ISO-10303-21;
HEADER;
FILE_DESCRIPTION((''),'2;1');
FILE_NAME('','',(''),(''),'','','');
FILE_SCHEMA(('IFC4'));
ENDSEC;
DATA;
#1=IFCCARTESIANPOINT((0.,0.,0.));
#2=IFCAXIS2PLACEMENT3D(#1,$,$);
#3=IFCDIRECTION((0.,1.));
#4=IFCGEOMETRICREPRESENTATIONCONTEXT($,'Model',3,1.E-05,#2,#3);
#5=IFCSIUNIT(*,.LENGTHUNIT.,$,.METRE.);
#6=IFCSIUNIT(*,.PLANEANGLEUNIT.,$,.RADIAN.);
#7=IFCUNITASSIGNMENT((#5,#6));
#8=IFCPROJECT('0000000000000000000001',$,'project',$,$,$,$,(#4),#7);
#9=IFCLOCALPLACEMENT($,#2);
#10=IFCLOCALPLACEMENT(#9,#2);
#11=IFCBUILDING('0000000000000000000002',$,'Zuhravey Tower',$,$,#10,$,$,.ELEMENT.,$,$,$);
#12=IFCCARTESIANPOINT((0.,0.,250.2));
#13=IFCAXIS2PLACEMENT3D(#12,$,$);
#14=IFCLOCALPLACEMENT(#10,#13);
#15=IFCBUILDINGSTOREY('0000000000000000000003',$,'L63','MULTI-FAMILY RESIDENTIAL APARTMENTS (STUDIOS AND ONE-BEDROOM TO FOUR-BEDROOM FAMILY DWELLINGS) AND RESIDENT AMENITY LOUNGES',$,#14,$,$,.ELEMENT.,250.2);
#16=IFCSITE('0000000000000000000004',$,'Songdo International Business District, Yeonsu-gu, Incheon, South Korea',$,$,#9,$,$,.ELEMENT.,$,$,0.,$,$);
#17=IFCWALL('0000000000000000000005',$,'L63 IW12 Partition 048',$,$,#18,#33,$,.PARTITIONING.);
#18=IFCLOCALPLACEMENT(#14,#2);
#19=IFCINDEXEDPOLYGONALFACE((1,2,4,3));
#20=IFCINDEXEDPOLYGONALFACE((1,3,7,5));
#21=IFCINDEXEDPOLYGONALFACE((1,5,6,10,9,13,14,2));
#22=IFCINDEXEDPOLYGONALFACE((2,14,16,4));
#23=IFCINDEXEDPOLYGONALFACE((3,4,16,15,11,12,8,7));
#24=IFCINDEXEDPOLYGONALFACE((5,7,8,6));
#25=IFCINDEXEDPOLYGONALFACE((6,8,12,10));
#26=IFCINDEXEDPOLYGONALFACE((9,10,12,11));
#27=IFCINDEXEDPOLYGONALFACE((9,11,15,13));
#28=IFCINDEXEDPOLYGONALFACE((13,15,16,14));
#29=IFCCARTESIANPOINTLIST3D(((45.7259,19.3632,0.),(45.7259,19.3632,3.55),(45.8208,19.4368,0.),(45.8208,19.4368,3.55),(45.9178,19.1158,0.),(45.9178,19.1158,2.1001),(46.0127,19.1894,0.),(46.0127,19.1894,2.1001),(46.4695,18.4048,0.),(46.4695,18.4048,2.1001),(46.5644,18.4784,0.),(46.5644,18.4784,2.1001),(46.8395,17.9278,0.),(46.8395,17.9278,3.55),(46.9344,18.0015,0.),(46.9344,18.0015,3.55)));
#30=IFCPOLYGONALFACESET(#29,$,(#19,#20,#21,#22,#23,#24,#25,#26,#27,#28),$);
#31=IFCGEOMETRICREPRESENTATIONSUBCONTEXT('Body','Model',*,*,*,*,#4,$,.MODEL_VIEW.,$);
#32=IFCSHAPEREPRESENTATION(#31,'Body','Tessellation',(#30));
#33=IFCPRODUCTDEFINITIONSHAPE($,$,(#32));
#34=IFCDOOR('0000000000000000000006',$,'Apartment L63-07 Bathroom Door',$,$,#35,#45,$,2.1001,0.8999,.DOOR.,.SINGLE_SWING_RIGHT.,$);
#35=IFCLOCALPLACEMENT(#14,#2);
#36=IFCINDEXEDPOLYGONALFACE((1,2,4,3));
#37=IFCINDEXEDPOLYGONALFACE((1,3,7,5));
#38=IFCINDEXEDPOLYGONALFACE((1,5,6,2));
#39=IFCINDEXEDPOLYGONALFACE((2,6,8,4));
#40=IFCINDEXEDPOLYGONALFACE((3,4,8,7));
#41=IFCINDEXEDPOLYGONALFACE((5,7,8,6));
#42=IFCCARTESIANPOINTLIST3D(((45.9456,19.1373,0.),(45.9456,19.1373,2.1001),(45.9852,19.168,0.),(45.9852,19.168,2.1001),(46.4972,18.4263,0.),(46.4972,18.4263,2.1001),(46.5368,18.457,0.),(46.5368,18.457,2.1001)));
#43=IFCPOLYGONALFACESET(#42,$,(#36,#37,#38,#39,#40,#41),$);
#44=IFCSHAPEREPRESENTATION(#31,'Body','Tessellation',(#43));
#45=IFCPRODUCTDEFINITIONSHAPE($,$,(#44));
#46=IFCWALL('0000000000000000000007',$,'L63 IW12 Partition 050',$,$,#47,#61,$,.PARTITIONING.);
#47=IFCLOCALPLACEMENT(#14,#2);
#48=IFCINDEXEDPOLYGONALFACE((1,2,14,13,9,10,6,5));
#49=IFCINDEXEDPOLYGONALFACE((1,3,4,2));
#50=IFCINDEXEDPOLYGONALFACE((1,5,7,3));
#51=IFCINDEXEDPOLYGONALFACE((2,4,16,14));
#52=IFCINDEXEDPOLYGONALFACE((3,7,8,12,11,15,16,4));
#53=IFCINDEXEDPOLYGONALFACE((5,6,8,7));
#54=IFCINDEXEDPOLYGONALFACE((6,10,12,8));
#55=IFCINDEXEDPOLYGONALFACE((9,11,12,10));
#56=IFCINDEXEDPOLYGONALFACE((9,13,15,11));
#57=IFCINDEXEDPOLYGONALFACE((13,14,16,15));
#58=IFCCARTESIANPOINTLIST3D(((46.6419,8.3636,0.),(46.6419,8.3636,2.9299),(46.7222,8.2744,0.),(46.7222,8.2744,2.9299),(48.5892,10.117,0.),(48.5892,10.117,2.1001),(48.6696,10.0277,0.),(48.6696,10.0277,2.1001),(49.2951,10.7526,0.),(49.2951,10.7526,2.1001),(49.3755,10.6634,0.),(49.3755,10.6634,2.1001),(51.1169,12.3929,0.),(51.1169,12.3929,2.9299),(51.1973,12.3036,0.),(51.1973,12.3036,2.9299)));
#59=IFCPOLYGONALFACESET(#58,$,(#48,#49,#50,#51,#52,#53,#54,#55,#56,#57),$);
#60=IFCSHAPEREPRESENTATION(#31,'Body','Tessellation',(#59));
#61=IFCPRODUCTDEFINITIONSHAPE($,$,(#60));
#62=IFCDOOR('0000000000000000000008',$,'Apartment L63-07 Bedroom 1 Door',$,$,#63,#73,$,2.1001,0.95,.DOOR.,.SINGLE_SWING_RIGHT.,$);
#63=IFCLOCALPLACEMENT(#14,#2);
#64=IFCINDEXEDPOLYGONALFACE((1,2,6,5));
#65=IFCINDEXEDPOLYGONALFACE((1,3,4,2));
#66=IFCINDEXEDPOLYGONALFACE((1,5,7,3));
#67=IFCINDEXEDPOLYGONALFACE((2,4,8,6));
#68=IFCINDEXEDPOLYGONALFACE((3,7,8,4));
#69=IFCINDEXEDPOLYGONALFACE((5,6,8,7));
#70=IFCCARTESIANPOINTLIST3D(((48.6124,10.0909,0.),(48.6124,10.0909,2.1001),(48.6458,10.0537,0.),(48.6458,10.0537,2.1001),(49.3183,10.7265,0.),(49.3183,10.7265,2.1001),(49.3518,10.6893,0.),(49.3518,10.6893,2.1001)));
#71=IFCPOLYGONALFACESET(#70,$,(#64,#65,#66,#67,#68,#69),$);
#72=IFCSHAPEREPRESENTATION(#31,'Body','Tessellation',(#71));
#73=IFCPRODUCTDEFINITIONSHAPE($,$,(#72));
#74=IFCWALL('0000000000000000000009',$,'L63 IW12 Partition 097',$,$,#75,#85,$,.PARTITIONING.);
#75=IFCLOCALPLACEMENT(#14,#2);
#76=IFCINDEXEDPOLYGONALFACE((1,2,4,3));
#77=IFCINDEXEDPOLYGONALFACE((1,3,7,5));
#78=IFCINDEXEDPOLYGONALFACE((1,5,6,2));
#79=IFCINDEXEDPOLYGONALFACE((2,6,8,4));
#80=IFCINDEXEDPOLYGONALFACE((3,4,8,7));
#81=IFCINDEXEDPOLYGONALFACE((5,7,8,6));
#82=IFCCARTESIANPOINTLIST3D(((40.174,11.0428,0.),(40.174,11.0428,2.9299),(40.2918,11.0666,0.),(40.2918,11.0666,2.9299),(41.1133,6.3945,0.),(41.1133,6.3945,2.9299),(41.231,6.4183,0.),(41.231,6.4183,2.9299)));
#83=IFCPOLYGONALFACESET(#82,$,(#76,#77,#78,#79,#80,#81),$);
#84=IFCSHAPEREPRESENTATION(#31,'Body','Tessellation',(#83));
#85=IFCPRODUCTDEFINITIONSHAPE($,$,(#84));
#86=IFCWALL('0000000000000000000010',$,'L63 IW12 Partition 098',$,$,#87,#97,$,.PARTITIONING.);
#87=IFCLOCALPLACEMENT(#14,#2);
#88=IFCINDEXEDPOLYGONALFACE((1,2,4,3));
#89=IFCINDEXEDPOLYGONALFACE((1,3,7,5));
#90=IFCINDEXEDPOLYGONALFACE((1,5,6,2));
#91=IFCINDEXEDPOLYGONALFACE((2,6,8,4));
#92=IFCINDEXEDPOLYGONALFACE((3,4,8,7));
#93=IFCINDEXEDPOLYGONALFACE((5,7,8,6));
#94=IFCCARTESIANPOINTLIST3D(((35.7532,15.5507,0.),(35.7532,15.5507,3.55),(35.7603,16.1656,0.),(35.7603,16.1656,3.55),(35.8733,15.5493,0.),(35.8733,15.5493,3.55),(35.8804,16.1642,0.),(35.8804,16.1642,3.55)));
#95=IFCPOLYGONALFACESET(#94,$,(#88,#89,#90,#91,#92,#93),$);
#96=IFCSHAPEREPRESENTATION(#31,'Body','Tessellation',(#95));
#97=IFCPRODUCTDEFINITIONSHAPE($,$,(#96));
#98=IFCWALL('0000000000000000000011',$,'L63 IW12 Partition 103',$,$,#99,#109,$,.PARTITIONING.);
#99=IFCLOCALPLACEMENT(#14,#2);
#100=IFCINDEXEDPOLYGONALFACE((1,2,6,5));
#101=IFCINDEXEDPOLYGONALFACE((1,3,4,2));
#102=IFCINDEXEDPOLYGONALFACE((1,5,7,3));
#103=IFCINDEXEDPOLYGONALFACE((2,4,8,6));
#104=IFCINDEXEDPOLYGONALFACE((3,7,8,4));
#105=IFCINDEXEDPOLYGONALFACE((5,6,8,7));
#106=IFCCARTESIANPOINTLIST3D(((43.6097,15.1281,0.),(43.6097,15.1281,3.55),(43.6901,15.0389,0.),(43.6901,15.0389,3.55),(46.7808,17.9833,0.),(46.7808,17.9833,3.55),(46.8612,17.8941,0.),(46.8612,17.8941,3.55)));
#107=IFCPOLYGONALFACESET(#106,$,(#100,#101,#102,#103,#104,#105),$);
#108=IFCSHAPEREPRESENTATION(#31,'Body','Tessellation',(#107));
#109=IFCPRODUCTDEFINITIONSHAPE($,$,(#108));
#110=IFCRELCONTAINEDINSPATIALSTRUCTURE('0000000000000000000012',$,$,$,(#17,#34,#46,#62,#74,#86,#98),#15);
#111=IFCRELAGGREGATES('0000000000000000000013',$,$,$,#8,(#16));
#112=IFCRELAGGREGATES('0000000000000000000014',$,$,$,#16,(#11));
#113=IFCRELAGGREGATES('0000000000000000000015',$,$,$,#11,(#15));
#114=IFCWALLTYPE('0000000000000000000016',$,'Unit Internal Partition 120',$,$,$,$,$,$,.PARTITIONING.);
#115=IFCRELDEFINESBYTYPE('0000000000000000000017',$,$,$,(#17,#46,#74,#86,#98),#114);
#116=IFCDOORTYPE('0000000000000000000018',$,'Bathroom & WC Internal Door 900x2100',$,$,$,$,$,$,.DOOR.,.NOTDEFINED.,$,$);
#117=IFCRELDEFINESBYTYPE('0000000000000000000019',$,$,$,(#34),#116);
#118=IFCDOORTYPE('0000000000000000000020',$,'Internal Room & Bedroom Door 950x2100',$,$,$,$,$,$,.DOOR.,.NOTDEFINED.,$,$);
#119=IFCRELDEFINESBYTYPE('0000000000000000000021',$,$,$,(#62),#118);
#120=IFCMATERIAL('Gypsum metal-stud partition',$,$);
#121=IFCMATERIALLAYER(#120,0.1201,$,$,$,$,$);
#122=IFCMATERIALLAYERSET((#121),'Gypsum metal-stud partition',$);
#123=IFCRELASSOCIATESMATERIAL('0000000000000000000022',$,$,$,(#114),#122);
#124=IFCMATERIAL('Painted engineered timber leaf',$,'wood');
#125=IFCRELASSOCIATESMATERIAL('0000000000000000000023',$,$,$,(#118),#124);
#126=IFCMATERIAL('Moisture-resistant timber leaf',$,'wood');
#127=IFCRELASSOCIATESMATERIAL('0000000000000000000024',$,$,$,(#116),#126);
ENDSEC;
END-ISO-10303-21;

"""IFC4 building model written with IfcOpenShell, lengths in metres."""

from ifc_helpers import new_model, si_unit, direction, frame, frame_2d, origin, place, context, subcontext, project, spatial, rectangle, extrude, material, layer, layer_set, type_object, element, fill, save


model = new_model("IFC4")

# Units and contexts
model_context = context("Model", 3, precision=1e-05, world=origin(), true_north=direction((0.0, 1.0)))
body_context = subcontext(model_context, "Body", "Model", "MODEL_VIEW")
ifc_project = project(units=[si_unit("LENGTHUNIT", "METRE"), si_unit("PLANEANGLEUNIT", "RADIAN")], contexts=[model_context])

# Site, building, storey
site_placement = place(None, origin())
site = spatial("IfcSite", under=ifc_project, at=site_placement, Name="Songdo International Business District, Yeonsu-gu, Incheon, South Korea", CompositionType="ELEMENT", RefElevation=0.0)
building_placement = place(site_placement, origin())
building = spatial("IfcBuilding", under=site, at=building_placement, Name="Zuhravey Tower", CompositionType="ELEMENT")
storey_placement = place(building_placement, frame((0.0, 0.0, 250.2)))
storey = spatial("IfcBuildingStorey", under=building, at=storey_placement, Name="L63", Description="MULTI-FAMILY RESIDENTIAL APARTMENTS (STUDIOS AND ONE-BEDROOM TO FOUR-BEDROOM FAMILY DWELLINGS) AND RESIDENT AMENITY LOUNGES", CompositionType="ELEMENT", Elevation=250.2)

# Shared definitions
ifc_material_1 = material(Name="Gypsum metal-stud partition")
ifc_layer_1 = layer(ifc_material_1, 0.1201)
ifc_layer_set_1 = layer_set([ifc_layer_1], Name="Gypsum metal-stud partition")
wall_type_1 = type_object("IfcWallType", Name="Unit Internal Partition 120", PredefinedType="PARTITIONING", material=ifc_layer_set_1)
ifc_material_2 = material(Name="Painted engineered timber leaf", Category="wood")
door_type_1 = type_object("IfcDoorType", Name="Internal Room & Bedroom Door 950x2100", OperationType="NOTDEFINED", PredefinedType="DOOR", material=ifc_material_2)

# Shared definitions
ifc_material_3 = material(Name="Moisture-resistant timber leaf", Category="wood")
door_type_2 = type_object("IfcDoorType", Name="Bathroom & WC Internal Door 900x2100", OperationType="NOTDEFINED", PredefinedType="DOOR", material=ifc_material_3)

# Walls, openings, doors
wall_1_placement = place(storey_placement, frame((45.7734, 19.3999, 0.0), z_axis=(0.0, 0.0, 1.0), x_axis=(0.612973, -0.790104, 0.0)))
wall_1 = element("IfcWall", 1, at=wall_1_placement, inside=storey, type_object=wall_type_1, Name="L63 IW12 Partition 048", PredefinedType="PARTITIONING", context=body_context, shape_type="SweptSolid", body=[
    extrude(rectangle(XDim=1.8167, YDim=0.1201, at=frame_2d((0.9082, 0.0))), origin(), (0.0, 0.0, 1.0), 3.55),
])
opening_1_placement = place(wall_1_placement, frame((0.313, 0.0, 0.0)))
opening_1 = element("IfcOpeningElement", 2, at=opening_1_placement, cuts=wall_1, PredefinedType="OPENING", context=body_context, shape_type="SweptSolid", body=[
    extrude(rectangle(XDim=0.8999, YDim=2.1001, at=frame_2d((0.45, 1.05))), frame((0.0, 0.072, 0.0), z_axis=(0.0, -1.0, 0.0), x_axis=(1.0, 0.0, 0.0)), (0.0, 0.0, 1.0), 0.144),
])
door_1_placement = place(opening_1_placement, frame((0.8999, 0.0, 0.0), z_axis=(0.0, 0.0, 1.0), x_axis=(-1.0, 0.0, 0.0)))
door_1 = element("IfcDoor", 3, at=door_1_placement, inside=storey, type_object=door_type_2, Name="Apartment L63-07 Bathroom Door", OperationType="SINGLE_SWING_RIGHT", OverallHeight=2.1001, OverallWidth=0.8999, PredefinedType="DOOR", context=body_context, shape_type="SweptSolid", body=[
    extrude(rectangle(XDim=0.8999, YDim=2.1001, at=frame_2d((0.45, 1.05))), frame((0.0, 0.0249, 0.0), z_axis=(0.0, -1.0, 0.0), x_axis=(1.0, 0.0, 0.0)), (0.0, 0.0, 1.0), 0.05),
])
fill(opening_1, door_1)
wall_2_placement = place(storey_placement, frame((46.6821, 8.3191, 0.0), z_axis=(0.0, 0.0, 1.0), x_axis=(0.743153, 0.669122, 0.0)))
wall_2 = element("IfcWall", 4, at=wall_2_placement, inside=storey, type_object=wall_type_1, Name="L63 IW12 Partition 050", PredefinedType="PARTITIONING", context=body_context, shape_type="SweptSolid", body=[
    extrude(rectangle(XDim=6.0217, YDim=0.1201, at=frame_2d((3.0107, 0.0))), origin(), (0.0, 0.0, 1.0), 2.9299),
])
opening_2_placement = place(wall_2_placement, frame((2.6201, 0.0, 0.0)))
opening_2 = element("IfcOpeningElement", 5, at=opening_2_placement, cuts=wall_2, PredefinedType="OPENING", context=body_context, shape_type="SweptSolid", body=[
    extrude(rectangle(XDim=0.95, YDim=2.1001, at=frame_2d((0.4751, 1.05))), frame((0.0, 0.072, 0.0), z_axis=(0.0, -1.0, 0.0), x_axis=(1.0, 0.0, 0.0)), (0.0, 0.0, 1.0), 0.144),
])
door_2_placement = place(opening_2_placement, frame((0.95, 0.0, 0.0), z_axis=(0.0, 0.0, 1.0), x_axis=(-1.0, 0.0, 0.0)))
door_2 = element("IfcDoor", 6, at=door_2_placement, inside=storey, type_object=door_type_1, Name="Apartment L63-07 Bedroom 1 Door", OperationType="SINGLE_SWING_RIGHT", OverallHeight=2.1001, OverallWidth=0.95, PredefinedType="DOOR", context=body_context, shape_type="SweptSolid", body=[
    extrude(rectangle(XDim=0.95, YDim=2.1001, at=frame_2d((0.4751, 1.05))), frame((0.0, 0.0249, 0.0), z_axis=(0.0, -1.0, 0.0), x_axis=(1.0, 0.0, 0.0)), (0.0, 0.0, 1.0), 0.05),
])
fill(opening_2, door_2)

# Walls
wall_3_placement = place(storey_placement, frame((40.2329, 11.0547, 0.0), z_axis=(0.0, 0.0, 1.0), x_axis=(0.198056, -0.980191, 0.0)))
element("IfcWall", 7, at=wall_3_placement, inside=storey, type_object=wall_type_1, Name="L63 IW12 Partition 097", PredefinedType="PARTITIONING", context=body_context, shape_type="SweptSolid", body=[
    extrude(rectangle(XDim=4.7422, YDim=0.1201, at=frame_2d((2.3711, 0.0))), origin(), (0.0, 0.0, 1.0), 2.9299),
])
wall_4_placement = place(storey_placement, frame((35.8203, 16.165, 0.0), z_axis=(0.0, 0.0, 1.0), x_axis=(-0.011512, -0.999934, 0.0)))
element("IfcWall", 8, at=wall_4_placement, inside=storey, type_object=wall_type_1, Name="L63 IW12 Partition 098", PredefinedType="PARTITIONING", context=body_context, shape_type="SweptSolid", body=[
    extrude(rectangle(XDim=0.615, YDim=0.1201, at=frame_2d((0.3076, 0.0))), origin(), (0.0, 0.0, 1.0), 3.55),
])
wall_5_placement = place(storey_placement, frame((43.6499, 15.0835, 0.0), z_axis=(0.0, 0.0, 1.0), x_axis=(0.743155, 0.66912, 0.0)))
element("IfcWall", 9, at=wall_5_placement, inside=storey, type_object=wall_type_1, Name="L63 IW12 Partition 103", PredefinedType="PARTITIONING", context=body_context, shape_type="SweptSolid", body=[
    extrude(rectangle(XDim=4.2671, YDim=0.1201, at=frame_2d((2.1335, 0.0))), origin(), (0.0, 0.0, 1.0), 3.55),
])

save(model, "model.ifc")
